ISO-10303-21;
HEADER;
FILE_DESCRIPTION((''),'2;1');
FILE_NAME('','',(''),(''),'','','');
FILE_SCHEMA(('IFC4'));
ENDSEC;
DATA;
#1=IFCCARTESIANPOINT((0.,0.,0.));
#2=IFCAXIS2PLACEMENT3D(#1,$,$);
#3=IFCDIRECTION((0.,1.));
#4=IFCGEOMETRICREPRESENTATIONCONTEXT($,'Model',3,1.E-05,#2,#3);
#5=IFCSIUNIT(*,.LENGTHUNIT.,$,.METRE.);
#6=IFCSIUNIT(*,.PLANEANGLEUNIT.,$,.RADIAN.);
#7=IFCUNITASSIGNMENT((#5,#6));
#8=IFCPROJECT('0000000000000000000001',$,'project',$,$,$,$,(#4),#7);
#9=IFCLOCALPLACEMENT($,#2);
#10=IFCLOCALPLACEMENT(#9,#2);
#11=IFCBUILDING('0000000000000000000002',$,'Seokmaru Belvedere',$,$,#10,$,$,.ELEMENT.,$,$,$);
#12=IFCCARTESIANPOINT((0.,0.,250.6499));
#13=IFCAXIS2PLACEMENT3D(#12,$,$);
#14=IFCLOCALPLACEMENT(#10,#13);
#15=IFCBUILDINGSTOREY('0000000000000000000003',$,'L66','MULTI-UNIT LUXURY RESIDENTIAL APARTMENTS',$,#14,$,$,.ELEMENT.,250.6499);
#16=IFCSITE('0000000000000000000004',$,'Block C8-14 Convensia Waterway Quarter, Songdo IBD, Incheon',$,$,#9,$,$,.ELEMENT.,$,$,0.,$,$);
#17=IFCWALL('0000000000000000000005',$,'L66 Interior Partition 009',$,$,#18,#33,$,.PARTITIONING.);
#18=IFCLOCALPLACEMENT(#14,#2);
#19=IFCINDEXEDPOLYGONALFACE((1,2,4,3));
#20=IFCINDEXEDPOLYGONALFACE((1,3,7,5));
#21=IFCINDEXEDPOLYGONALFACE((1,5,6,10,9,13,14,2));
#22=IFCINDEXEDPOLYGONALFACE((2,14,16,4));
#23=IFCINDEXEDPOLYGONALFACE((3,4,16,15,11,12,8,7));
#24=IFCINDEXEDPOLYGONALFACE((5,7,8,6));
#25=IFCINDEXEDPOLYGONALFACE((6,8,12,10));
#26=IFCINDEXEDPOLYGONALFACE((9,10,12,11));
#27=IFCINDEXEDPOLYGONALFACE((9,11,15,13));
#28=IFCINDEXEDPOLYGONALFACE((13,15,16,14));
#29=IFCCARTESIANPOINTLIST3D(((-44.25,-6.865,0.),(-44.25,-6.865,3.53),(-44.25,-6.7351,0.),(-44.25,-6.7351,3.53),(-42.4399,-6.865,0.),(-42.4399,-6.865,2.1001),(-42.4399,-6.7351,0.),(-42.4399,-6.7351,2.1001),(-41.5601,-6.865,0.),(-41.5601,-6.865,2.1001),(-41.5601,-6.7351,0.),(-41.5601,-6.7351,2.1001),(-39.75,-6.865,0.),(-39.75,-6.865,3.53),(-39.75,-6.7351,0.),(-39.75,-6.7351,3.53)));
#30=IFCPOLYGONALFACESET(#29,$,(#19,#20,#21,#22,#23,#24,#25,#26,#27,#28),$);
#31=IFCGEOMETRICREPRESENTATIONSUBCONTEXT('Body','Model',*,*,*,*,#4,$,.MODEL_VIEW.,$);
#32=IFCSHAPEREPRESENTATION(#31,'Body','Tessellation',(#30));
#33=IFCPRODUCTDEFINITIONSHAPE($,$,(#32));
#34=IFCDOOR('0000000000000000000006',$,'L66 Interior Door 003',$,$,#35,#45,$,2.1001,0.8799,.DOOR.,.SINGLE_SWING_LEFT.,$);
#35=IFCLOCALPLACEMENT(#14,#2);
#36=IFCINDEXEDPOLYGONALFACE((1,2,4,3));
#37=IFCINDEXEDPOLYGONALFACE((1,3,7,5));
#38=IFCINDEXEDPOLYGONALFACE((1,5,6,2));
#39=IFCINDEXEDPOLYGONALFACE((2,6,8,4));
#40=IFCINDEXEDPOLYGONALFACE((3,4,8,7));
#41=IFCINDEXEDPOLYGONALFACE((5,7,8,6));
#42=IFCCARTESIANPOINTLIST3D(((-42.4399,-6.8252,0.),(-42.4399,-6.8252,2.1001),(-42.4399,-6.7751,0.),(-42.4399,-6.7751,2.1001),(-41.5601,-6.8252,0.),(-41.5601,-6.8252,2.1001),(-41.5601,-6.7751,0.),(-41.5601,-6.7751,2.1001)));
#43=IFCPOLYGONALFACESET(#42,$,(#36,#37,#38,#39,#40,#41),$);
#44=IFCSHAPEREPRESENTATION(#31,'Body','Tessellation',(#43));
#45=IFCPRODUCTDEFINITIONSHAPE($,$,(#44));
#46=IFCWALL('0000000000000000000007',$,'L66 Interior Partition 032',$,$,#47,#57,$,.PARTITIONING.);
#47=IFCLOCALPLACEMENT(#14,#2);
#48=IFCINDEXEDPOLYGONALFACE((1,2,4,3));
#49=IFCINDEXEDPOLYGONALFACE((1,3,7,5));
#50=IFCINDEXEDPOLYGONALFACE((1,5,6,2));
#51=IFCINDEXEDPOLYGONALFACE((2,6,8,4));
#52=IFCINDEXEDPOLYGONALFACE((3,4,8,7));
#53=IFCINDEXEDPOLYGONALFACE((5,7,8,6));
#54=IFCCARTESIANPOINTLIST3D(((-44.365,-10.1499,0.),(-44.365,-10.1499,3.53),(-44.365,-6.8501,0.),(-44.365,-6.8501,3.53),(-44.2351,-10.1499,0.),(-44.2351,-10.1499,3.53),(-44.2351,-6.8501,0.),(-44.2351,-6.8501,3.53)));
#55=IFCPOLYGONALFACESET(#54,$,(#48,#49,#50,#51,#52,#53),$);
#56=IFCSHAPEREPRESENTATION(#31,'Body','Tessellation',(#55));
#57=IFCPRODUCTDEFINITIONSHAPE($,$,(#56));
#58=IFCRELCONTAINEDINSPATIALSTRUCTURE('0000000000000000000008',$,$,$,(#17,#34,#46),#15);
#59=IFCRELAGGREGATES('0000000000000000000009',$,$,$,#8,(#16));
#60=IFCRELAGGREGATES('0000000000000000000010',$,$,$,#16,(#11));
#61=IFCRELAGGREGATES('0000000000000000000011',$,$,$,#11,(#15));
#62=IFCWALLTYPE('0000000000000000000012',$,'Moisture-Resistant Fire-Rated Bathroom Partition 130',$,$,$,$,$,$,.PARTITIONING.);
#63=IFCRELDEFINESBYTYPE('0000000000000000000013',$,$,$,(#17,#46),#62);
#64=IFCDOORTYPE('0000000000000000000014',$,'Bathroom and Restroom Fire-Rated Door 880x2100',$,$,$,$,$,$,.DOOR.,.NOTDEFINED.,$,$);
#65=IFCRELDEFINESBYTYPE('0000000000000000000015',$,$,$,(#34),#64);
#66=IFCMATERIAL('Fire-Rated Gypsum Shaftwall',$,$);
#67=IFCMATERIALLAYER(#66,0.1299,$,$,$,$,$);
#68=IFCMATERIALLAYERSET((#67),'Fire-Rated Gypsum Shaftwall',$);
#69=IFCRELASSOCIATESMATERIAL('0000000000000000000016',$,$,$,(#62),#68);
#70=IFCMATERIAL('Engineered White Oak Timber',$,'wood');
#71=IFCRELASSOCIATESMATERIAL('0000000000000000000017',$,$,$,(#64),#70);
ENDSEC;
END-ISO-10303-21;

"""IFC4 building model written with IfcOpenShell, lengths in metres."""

from ifc_helpers import new_model, si_unit, direction, frame, frame_2d, origin, place, context, subcontext, project, spatial, rectangle, extrude, source, transform, mapped, material, layer, layer_set, type_object, type_shapes, element, fill, save


model = new_model("IFC4")

# Units and contexts
model_context = context("Model", 3, precision=1e-05, world=origin(), true_north=direction((0.0, 1.0)))
body_context = subcontext(model_context, "Body", "Model", "MODEL_VIEW")
ifc_project = project(units=[si_unit("LENGTHUNIT", "METRE"), si_unit("PLANEANGLEUNIT", "RADIAN")], contexts=[model_context])

# Site, building, storey
site_placement = place(None, origin())
site = spatial("IfcSite", under=ifc_project, at=site_placement, Name="Block C8-14 Convensia Waterway Quarter, Songdo IBD, Incheon", CompositionType="ELEMENT", RefElevation=0.0)
building_placement = place(site_placement, origin())
building = spatial("IfcBuilding", under=site, at=building_placement, Name="Seokmaru Belvedere", CompositionType="ELEMENT")
storey_placement = place(building_placement, frame((0.0, 0.0, 250.6499)))
storey = spatial("IfcBuildingStorey", under=building, at=storey_placement, Name="L66", Description="MULTI-UNIT LUXURY RESIDENTIAL APARTMENTS", CompositionType="ELEMENT", Elevation=250.6499)

# Shared definitions
ifc_material_1 = material(Name="Fire-Rated Gypsum Shaftwall")
ifc_material_2 = material(Name="Engineered White Oak Timber", Category="wood")

# Wall, opening, door
ifc_layer_1 = layer(ifc_material_1, 0.1299)
ifc_layer_set_1 = layer_set([ifc_layer_1], Name="Fire-Rated Gypsum Shaftwall")
wall_type_1 = type_object("IfcWallType", Name="Moisture-Resistant Fire-Rated Bathroom Partition 130", PredefinedType="PARTITIONING", material=ifc_layer_set_1)
wall_1_placement = place(storey_placement, frame((-44.25, -6.8, 0.0), z_axis=(0.0, 0.0, 1.0), x_axis=(1.0, 0.0, 0.0)))
wall_1 = element("IfcWall", 1, at=wall_1_placement, inside=storey, type_object=wall_type_1, Name="L66 Interior Partition 009", PredefinedType="PARTITIONING", context=body_context, shape_type="SweptSolid", body=[
    extrude(rectangle(XDim=4.5, YDim=0.1299, at=frame_2d((2.25, 0.0))), origin(), (0.0, 0.0, 1.0), 3.53),
])
opening_1_placement = place(wall_1_placement, frame((1.8101, 0.0, 0.0)))
opening_1 = element("IfcOpeningElement", 2, at=opening_1_placement, cuts=wall_1, PredefinedType="OPENING", context=body_context, shape_type="SweptSolid", body=[
    extrude(rectangle(XDim=0.8799, YDim=2.1001, at=frame_2d((0.4399, 1.05))), frame((0.0, 0.075, 0.0), z_axis=(0.0, -1.0, 0.0), x_axis=(1.0, 0.0, 0.0)), (0.0, 0.0, 1.0), 0.1499),
])
door_type_1 = type_object("IfcDoorType", Name="Bathroom and Restroom Fire-Rated Door 880x2100", OperationType="NOTDEFINED", PredefinedType="DOOR", material=ifc_material_2)
shared_shape_1 = source(origin(), body_context, "Body", "SweptSolid", [
    extrude(rectangle(XDim=0.8799, YDim=2.1001, at=frame_2d((0.4399, 1.05))), frame((0.0, 0.0249, 0.0), z_axis=(0.0, -1.0, 0.0), x_axis=(1.0, 0.0, 0.0)), (0.0, 0.0, 1.0), 0.05),
])
type_shapes(door_type_1, [shared_shape_1])
door_1_placement = place(opening_1_placement, origin())
door_1 = element("IfcDoor", 3, at=door_1_placement, inside=storey, type_object=door_type_1, Name="L66 Interior Door 003", OperationType="SINGLE_SWING_LEFT", OverallHeight=2.1001, OverallWidth=0.8799, PredefinedType="DOOR", context=body_context, shape_type="MappedRepresentation", body=[
    mapped(shared_shape_1, transform((0.0, 0.0, 0.0), scale=1.0)),
])
fill(opening_1, door_1)

# Wall
wall_2_placement = place(storey_placement, frame((-44.3, -10.1499, 0.0), z_axis=(0.0, 0.0, 1.0), x_axis=(0.0, 1.0, 0.0)))
element("IfcWall", 4, at=wall_2_placement, inside=storey, type_object=wall_type_1, Name="L66 Interior Partition 032", PredefinedType="PARTITIONING", context=body_context, shape_type="SweptSolid", body=[
    extrude(rectangle(XDim=3.2998, YDim=0.1299, at=frame_2d((1.6499, 0.0))), origin(), (0.0, 0.0, 1.0), 3.53),
])

save(model, "model.ifc")
